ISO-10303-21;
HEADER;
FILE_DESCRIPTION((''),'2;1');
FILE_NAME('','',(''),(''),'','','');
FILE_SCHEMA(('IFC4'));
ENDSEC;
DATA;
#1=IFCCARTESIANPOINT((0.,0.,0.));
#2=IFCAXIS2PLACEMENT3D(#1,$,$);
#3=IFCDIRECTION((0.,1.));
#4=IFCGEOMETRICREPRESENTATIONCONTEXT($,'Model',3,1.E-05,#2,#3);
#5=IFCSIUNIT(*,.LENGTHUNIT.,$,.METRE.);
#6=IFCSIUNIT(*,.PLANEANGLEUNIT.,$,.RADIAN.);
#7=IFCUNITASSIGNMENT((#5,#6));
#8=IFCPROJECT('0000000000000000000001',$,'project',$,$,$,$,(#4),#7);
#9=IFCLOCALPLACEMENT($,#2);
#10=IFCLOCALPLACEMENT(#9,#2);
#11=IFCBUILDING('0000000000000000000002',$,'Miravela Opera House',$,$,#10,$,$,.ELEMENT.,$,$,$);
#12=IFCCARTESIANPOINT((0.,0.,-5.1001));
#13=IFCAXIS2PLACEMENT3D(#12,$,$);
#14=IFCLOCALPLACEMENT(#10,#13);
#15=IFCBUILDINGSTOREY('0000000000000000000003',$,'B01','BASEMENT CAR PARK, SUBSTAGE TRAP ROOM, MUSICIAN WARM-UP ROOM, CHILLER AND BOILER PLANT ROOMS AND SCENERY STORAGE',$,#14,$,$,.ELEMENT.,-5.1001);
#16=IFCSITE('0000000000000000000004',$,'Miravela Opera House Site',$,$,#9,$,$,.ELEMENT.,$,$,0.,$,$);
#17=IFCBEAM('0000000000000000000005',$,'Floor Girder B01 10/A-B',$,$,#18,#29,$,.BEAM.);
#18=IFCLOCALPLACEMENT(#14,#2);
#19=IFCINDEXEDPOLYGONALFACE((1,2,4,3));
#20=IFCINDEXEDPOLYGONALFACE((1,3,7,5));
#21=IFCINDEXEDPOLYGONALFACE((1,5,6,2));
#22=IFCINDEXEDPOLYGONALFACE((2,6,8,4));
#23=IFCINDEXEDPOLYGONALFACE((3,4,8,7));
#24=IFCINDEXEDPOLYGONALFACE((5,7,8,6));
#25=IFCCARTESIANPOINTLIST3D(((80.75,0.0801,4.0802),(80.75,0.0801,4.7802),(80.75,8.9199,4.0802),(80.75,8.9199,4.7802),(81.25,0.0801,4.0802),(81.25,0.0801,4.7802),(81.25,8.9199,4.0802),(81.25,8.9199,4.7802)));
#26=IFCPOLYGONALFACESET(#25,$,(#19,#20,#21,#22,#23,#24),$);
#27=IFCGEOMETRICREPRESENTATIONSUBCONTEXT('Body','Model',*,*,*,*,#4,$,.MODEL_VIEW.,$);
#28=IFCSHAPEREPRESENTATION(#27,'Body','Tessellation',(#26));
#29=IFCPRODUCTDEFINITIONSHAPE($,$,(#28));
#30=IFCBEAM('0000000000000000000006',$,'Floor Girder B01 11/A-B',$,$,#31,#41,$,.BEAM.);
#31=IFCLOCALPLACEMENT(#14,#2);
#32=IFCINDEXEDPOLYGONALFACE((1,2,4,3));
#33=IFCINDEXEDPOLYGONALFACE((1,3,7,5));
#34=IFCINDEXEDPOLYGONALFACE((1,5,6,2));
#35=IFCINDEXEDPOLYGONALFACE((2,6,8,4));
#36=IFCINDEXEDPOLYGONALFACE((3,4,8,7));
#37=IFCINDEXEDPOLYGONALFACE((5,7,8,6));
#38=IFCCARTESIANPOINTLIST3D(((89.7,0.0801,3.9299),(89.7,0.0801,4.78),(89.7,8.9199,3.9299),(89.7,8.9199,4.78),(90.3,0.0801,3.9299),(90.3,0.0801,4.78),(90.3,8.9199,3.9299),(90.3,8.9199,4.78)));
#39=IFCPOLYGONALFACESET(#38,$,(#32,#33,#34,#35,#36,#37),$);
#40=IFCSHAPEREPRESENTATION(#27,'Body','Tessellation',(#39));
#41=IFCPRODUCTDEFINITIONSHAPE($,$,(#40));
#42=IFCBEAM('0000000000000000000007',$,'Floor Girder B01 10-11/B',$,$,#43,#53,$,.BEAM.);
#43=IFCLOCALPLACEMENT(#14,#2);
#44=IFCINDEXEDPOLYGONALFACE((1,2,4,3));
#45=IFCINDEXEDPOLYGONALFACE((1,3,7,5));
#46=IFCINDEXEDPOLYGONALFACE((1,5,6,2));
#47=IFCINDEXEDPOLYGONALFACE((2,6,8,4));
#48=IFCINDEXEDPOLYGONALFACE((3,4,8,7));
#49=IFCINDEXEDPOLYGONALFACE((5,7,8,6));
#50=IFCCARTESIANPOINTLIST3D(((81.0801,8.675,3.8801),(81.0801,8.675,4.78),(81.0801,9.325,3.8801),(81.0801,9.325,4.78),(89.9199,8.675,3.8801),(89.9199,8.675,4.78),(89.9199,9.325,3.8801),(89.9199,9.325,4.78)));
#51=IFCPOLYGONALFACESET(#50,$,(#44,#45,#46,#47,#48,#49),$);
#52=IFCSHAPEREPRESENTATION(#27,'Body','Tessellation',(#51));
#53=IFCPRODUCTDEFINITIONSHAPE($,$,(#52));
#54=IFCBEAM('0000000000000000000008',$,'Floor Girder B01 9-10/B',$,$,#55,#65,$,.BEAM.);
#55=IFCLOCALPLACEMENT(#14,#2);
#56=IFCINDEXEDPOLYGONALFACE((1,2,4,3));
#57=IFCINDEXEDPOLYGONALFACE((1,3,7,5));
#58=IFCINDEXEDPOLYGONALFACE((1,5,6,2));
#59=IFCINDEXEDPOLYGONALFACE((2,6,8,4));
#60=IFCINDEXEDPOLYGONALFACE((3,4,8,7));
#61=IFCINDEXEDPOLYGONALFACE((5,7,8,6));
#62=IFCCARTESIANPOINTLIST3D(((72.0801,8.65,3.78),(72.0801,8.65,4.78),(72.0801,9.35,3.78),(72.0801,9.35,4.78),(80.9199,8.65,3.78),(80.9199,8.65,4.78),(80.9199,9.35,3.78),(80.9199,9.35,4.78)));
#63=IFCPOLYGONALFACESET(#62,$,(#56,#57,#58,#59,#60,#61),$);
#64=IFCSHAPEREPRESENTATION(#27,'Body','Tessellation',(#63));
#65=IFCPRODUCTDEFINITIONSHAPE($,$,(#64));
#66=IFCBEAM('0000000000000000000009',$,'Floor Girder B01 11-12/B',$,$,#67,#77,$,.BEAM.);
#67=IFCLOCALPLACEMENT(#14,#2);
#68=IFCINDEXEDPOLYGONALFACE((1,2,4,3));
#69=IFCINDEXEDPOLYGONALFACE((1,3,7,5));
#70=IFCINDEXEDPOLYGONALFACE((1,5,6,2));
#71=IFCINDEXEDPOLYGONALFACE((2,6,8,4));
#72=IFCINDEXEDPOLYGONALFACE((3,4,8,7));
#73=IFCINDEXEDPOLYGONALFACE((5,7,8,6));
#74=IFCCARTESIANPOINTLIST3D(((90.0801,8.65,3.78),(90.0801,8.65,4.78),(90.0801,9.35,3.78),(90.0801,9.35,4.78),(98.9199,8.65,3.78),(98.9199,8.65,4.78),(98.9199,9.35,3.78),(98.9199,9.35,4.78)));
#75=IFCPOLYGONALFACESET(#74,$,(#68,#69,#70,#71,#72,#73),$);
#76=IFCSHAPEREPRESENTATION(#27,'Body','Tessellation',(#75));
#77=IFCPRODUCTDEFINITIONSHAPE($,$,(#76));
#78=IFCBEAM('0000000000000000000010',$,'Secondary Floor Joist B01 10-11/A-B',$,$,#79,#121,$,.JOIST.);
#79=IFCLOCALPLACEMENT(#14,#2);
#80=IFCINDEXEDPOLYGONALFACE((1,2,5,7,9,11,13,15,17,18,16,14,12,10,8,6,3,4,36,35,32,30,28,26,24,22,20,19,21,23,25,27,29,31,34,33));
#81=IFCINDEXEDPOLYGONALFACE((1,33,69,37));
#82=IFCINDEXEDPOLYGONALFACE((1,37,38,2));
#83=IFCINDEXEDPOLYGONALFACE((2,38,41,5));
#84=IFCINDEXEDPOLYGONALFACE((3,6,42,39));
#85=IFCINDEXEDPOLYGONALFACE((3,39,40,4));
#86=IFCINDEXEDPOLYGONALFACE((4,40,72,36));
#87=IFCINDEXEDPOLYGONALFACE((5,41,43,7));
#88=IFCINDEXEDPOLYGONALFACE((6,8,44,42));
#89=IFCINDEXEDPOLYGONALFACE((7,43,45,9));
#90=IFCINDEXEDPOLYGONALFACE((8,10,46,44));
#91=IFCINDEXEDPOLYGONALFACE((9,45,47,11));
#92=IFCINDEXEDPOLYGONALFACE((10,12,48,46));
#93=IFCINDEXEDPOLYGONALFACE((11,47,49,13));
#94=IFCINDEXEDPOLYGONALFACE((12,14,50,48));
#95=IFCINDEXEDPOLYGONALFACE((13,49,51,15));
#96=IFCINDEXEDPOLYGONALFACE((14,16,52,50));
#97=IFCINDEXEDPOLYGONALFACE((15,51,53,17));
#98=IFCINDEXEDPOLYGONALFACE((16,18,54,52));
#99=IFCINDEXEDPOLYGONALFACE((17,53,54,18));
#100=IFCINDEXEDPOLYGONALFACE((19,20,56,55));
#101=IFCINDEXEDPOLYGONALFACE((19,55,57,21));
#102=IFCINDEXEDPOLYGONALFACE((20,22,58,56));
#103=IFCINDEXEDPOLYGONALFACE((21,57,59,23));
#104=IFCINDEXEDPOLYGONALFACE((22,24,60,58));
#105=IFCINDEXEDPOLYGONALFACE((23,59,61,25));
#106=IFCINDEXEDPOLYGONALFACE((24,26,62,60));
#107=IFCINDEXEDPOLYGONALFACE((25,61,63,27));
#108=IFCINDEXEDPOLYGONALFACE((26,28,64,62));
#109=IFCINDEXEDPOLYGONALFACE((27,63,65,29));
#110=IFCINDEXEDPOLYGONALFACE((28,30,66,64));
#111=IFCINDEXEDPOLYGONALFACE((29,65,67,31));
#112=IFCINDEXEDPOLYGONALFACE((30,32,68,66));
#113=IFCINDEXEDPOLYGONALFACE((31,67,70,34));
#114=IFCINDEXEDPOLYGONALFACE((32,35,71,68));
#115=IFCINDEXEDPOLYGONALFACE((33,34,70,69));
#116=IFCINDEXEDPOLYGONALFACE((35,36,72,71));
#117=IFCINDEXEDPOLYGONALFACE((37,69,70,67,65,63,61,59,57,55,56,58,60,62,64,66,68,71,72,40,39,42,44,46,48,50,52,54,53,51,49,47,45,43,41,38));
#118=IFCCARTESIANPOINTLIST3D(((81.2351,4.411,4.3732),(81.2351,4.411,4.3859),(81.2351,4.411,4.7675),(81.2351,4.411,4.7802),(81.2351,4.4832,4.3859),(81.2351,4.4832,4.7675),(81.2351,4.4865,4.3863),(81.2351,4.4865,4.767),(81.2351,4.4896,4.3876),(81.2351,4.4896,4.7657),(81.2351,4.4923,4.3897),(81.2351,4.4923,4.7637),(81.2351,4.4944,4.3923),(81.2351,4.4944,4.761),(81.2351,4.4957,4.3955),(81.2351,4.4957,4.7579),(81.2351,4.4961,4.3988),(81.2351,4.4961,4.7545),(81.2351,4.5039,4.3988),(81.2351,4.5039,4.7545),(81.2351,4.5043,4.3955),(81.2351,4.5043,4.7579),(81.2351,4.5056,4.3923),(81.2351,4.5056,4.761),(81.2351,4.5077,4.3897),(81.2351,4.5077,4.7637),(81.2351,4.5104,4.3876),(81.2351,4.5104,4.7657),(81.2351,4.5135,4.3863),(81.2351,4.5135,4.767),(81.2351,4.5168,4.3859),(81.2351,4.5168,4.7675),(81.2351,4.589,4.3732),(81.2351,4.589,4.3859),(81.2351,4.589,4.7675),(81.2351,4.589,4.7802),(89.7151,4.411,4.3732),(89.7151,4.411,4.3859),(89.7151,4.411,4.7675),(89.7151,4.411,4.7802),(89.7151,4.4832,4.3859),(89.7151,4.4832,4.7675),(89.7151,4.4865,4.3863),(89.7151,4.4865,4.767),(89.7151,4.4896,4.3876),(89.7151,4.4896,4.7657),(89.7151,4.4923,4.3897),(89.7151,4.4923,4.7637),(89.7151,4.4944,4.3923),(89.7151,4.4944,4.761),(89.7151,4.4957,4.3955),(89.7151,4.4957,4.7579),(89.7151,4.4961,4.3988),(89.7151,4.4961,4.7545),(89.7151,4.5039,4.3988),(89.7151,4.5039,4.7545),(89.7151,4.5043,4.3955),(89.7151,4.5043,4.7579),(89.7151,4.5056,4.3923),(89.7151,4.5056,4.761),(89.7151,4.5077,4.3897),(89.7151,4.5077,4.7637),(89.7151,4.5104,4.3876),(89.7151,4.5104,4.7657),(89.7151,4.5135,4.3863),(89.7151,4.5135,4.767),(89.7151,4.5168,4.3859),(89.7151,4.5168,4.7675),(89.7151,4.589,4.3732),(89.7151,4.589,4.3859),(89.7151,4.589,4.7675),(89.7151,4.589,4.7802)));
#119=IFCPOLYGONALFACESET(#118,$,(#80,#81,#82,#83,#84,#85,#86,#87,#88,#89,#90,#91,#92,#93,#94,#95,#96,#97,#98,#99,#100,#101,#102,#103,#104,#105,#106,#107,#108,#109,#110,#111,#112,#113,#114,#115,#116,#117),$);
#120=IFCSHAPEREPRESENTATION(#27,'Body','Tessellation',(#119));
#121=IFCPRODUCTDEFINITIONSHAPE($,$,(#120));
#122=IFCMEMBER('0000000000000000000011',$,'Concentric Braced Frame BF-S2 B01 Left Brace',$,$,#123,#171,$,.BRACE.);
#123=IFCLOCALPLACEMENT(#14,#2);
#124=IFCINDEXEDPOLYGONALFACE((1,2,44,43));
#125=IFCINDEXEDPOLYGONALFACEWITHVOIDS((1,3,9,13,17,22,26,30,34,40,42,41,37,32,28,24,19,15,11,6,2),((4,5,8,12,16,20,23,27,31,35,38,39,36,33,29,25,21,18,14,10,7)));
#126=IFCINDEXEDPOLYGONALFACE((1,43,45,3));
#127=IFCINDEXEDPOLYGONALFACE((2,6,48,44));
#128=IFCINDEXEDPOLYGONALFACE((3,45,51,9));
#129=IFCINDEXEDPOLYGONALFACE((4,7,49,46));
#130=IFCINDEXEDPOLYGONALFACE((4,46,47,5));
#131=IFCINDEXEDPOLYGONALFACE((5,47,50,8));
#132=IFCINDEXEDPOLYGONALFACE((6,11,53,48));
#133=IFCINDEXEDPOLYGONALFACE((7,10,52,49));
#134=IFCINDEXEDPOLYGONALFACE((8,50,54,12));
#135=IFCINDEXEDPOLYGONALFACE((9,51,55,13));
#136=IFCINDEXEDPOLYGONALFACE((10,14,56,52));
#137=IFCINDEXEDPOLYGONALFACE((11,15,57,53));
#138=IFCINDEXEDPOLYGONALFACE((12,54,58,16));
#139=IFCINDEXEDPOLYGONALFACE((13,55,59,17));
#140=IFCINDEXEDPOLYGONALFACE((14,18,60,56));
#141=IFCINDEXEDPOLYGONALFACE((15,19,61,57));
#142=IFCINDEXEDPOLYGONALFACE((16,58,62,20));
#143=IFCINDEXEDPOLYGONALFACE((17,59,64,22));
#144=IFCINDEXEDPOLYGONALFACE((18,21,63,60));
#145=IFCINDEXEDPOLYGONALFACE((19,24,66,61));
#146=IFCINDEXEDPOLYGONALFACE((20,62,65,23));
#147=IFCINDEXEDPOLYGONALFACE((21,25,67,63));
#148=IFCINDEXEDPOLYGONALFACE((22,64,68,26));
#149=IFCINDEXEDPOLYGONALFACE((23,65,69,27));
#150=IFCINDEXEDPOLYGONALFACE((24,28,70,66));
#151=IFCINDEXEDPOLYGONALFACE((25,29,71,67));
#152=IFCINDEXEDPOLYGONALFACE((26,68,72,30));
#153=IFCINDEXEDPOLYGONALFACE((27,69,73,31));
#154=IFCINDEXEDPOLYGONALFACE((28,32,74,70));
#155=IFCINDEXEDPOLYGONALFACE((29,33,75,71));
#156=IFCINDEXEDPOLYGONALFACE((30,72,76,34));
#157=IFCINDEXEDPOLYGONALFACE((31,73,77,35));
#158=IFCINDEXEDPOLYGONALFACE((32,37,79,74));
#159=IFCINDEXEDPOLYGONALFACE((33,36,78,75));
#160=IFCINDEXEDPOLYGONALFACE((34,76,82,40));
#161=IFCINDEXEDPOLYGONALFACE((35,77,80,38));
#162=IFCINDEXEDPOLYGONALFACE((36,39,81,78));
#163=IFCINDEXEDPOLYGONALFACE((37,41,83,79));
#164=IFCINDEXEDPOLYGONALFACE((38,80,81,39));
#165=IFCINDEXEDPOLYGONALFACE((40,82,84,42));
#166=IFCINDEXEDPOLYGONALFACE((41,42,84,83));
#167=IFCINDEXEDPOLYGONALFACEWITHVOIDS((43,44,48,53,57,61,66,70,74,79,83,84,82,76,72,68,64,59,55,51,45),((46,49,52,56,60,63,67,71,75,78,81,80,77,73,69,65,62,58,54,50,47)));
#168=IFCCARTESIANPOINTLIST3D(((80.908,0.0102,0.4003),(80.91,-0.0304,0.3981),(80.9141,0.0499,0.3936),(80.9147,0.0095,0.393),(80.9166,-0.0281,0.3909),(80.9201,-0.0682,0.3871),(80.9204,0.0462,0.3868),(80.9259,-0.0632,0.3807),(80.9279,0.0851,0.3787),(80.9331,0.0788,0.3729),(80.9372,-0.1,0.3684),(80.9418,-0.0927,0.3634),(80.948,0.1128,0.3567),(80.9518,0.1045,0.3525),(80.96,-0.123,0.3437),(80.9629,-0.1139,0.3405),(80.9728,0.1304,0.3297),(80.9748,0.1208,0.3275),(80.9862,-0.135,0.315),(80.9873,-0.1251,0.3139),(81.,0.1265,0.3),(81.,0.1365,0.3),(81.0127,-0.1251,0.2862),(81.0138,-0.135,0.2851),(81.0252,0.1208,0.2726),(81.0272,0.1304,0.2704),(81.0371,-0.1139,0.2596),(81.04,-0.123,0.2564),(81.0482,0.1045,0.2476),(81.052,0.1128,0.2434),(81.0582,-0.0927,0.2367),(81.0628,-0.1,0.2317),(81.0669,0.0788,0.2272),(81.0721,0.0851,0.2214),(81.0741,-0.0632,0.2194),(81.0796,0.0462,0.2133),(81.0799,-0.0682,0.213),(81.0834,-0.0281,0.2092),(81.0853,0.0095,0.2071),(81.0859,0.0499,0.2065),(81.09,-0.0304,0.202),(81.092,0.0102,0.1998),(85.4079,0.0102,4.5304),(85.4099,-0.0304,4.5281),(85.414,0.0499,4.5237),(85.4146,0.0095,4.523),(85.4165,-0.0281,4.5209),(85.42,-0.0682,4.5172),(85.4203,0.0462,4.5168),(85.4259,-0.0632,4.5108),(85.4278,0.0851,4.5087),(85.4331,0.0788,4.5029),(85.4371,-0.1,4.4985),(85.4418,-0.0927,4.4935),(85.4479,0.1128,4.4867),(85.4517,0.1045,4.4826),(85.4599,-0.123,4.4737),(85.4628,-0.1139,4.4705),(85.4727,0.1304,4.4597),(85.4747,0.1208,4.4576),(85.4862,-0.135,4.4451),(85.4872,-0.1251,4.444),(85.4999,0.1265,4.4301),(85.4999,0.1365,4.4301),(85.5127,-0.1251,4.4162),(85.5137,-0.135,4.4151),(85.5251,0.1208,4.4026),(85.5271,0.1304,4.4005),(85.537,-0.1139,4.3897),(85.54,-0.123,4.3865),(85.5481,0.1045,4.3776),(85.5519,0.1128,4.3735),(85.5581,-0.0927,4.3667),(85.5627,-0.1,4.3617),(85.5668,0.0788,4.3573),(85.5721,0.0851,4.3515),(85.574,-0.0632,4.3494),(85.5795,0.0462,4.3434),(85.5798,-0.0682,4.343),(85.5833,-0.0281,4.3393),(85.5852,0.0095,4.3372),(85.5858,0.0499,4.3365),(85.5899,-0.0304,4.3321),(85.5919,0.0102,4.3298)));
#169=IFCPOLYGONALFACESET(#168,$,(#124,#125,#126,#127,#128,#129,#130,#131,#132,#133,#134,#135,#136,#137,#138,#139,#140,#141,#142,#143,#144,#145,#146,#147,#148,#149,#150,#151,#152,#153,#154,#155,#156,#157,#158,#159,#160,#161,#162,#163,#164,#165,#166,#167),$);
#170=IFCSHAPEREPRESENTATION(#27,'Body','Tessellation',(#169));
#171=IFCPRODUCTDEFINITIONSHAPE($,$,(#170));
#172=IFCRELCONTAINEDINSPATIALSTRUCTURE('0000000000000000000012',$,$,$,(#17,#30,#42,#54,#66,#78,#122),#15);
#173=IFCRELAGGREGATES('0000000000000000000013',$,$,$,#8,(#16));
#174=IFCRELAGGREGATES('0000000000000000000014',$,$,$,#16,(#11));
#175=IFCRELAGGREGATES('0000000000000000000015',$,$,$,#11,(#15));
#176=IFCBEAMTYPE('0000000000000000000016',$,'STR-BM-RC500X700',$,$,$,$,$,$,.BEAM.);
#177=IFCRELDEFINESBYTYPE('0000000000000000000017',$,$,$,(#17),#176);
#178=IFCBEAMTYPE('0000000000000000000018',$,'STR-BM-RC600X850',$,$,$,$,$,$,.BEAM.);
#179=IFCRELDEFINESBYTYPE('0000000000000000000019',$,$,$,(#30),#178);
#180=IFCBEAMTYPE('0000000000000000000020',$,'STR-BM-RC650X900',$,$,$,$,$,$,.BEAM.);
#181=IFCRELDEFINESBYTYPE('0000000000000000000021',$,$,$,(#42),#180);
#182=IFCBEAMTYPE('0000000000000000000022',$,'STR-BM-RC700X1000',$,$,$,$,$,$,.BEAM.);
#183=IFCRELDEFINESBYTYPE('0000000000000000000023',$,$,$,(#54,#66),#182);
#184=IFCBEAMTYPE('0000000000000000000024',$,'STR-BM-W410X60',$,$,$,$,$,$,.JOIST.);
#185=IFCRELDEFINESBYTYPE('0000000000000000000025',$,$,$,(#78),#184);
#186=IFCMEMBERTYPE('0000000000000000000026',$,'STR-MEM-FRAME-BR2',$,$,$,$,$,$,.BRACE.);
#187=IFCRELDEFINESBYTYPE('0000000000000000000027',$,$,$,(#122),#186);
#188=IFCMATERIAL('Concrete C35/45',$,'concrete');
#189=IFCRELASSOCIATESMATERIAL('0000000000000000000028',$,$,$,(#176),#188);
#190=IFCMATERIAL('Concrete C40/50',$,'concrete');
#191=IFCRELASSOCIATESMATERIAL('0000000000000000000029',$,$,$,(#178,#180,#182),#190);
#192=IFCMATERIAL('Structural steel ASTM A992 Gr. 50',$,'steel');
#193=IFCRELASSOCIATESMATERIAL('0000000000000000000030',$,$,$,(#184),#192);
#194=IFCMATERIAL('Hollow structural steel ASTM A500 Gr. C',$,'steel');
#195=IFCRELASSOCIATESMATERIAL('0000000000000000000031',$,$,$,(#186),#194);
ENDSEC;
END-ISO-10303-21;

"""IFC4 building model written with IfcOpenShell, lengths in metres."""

from ifc_helpers import new_model, si_unit, direction, frame, origin, origin_2d, place, context, subcontext, project, spatial, rectangle, hollow_circle, i_section, extrude, material, material_profile, profile_set, type_object, element, save


model = new_model("IFC4")

# Units and contexts
model_context = context("Model", 3, precision=1e-05, world=origin(), true_north=direction((0.0, 1.0)))
body_context = subcontext(model_context, "Body", "Model", "MODEL_VIEW")
ifc_project = project(units=[si_unit("LENGTHUNIT", "METRE"), si_unit("PLANEANGLEUNIT", "RADIAN")], contexts=[model_context])

# Site, building, storey
site_placement = place(None, origin())
site = spatial("IfcSite", under=ifc_project, at=site_placement, Name="Miravela Opera House Site", CompositionType="ELEMENT", RefElevation=0.0)
building_placement = place(site_placement, origin())
building = spatial("IfcBuilding", under=site, at=building_placement, Name="Miravela Opera House", CompositionType="ELEMENT")
storey_placement = place(building_placement, frame((0.0, 0.0, -5.1001)))
storey = spatial("IfcBuildingStorey", under=building, at=storey_placement, Name="B01", Description="BASEMENT CAR PARK, SUBSTAGE TRAP ROOM, MUSICIAN WARM-UP ROOM, CHILLER AND BOILER PLANT ROOMS AND SCENERY STORAGE", CompositionType="ELEMENT", Elevation=-5.1001)

# Shared definitions
ifc_material_1 = material(Name="Concrete C35/45", Category="concrete")

# Shared definitions
ifc_material_2 = material(Name="Concrete C40/50", Category="concrete")

# Beams
ifc_material_profile_1 = material_profile(ifc_material_1, rectangle(XDim=0.5, YDim=0.7, at=origin_2d()), Name="RC-BM-500X700")
ifc_profile_set_1 = profile_set([ifc_material_profile_1])
beam_type_1 = type_object("IfcBeamType", Name="STR-BM-RC500X700", PredefinedType="BEAM", material=ifc_profile_set_1)
beam_1_placement = place(storey_placement, frame((81.0, 0.0801, 4.4302), z_axis=(0.0, 1.0, 0.0), x_axis=(-1.0, 0.0, 0.0)))
element("IfcBeam", 1, at=beam_1_placement, inside=storey, type_object=beam_type_1, Name="Floor Girder B01 10/A-B", PredefinedType="BEAM", context=body_context, shape_type="SweptSolid", body=[
    extrude(rectangle(XDim=0.5, YDim=0.7, at=origin_2d()), origin(), (0.0, 0.0, 1.0), 8.8398),
])
ifc_material_profile_2 = material_profile(ifc_material_2, rectangle(XDim=0.6001, YDim=0.8501, at=origin_2d()), Name="RC-BM-600X850")
ifc_profile_set_2 = profile_set([ifc_material_profile_2])
beam_type_2 = type_object("IfcBeamType", Name="STR-BM-RC600X850", PredefinedType="BEAM", material=ifc_profile_set_2)
beam_2_placement = place(storey_placement, frame((90.0, 0.0801, 4.355), z_axis=(0.0, 1.0, 0.0), x_axis=(-1.0, 0.0, 0.0)))
element("IfcBeam", 2, at=beam_2_placement, inside=storey, type_object=beam_type_2, Name="Floor Girder B01 11/A-B", PredefinedType="BEAM", context=body_context, shape_type="SweptSolid", body=[
    extrude(rectangle(XDim=0.6001, YDim=0.8501, at=origin_2d()), origin(), (0.0, 0.0, 1.0), 8.8398),
])
ifc_material_profile_3 = material_profile(ifc_material_2, rectangle(XDim=0.6499, YDim=0.8999, at=origin_2d()), Name="RC-BM-650X900")
ifc_profile_set_3 = profile_set([ifc_material_profile_3])
beam_type_3 = type_object("IfcBeamType", Name="STR-BM-RC650X900", PredefinedType="BEAM", material=ifc_profile_set_3)
beam_3_placement = place(storey_placement, frame((81.0801, 9.0, 4.3301), z_axis=(1.0, 0.0, 0.0), x_axis=(0.0, 1.0, 0.0)))
element("IfcBeam", 3, at=beam_3_placement, inside=storey, type_object=beam_type_3, Name="Floor Girder B01 10-11/B", PredefinedType="BEAM", context=body_context, shape_type="SweptSolid", body=[
    extrude(rectangle(XDim=0.6499, YDim=0.8999, at=origin_2d()), origin(), (0.0, 0.0, 1.0), 8.8398),
])
ifc_material_profile_4 = material_profile(ifc_material_2, rectangle(XDim=0.7, YDim=1.0, at=origin_2d()), Name="RC-BM-700X1000")
ifc_profile_set_4 = profile_set([ifc_material_profile_4])
beam_type_4 = type_object("IfcBeamType", Name="STR-BM-RC700X1000", PredefinedType="BEAM", material=ifc_profile_set_4)
for number, where, z_axis, x_axis, name in (
    (4, (72.0801, 9.0, 4.28), (1.0, 0.0, 0.0), (0.0, 1.0, 0.0), "Floor Girder B01 9-10/B"),
    (5, (90.0801, 9.0, 4.28), (1.0, 0.0, 0.0), (0.0, 1.0, 0.0), "Floor Girder B01 11-12/B"),
):
    element("IfcBeam", number, at=place(storey_placement, frame(where, z_axis=z_axis, x_axis=x_axis)), inside=storey, type_object=beam_type_4, Name=name, PredefinedType="BEAM", context=body_context, shape_type="SweptSolid", body=[
        extrude(rectangle(XDim=0.7, YDim=1.0, at=origin_2d()), origin(), (0.0, 0.0, 1.0), 8.8398),
    ])
ifc_material_3 = material(Name="Structural steel ASTM A992 Gr. 50", Category="steel")
ifc_material_profile_5 = material_profile(ifc_material_3, i_section(OverallWidth=0.178, OverallDepth=0.407, WebThickness=0.0078, FlangeThickness=0.0127, FilletRadius=0.0129, at=origin_2d()), Name="W410X60")
ifc_profile_set_5 = profile_set([ifc_material_profile_5])
beam_type_5 = type_object("IfcBeamType", Name="STR-BM-W410X60", PredefinedType="JOIST", material=ifc_profile_set_5)
beam_4_placement = place(storey_placement, frame((81.2351, 4.5, 4.5767), z_axis=(1.0, 0.0, 0.0), x_axis=(0.0, 1.0, 0.0)))
element("IfcBeam", 6, at=beam_4_placement, inside=storey, type_object=beam_type_5, Name="Secondary Floor Joist B01 10-11/A-B", PredefinedType="JOIST", context=body_context, shape_type="SweptSolid", body=[
    extrude(i_section(OverallWidth=0.178, OverallDepth=0.407, WebThickness=0.0078, FlangeThickness=0.0127, FilletRadius=0.0129, at=origin_2d()), origin(), (0.0, 0.0, 1.0), 8.48),
])

# Member
ifc_material_4 = material(Name="Hollow structural steel ASTM A500 Gr. C", Category="steel")
ifc_material_profile_6 = material_profile(ifc_material_4, hollow_circle(Radius=0.1365, WallThickness=0.01, at=origin_2d()), Name="CHS273X10")
ifc_profile_set_6 = profile_set([ifc_material_profile_6])
member_type = type_object("IfcMemberType", Name="STR-MEM-FRAME-BR2", PredefinedType="BRACE", material=ifc_profile_set_6)
for number, where, z_axis, x_axis, name in (
    (7, (81.0, 0.0, 0.3), (0.736736, 0.0, 0.676181), (0.0, 1.0, 0.0), "Concentric Braced Frame BF-S2 B01 Left Brace"),
):
    element("IfcMember", number, at=place(storey_placement, frame(where, z_axis=z_axis, x_axis=x_axis)), inside=storey, type_object=member_type, Name=name, PredefinedType="BRACE", context=body_context, shape_type="SweptSolid", body=[
        extrude(hollow_circle(Radius=0.1365, WallThickness=0.01, at=origin_2d()), origin(), (0.0, 0.0, 1.0), 6.1079),
    ])

save(model, "model.ifc")
